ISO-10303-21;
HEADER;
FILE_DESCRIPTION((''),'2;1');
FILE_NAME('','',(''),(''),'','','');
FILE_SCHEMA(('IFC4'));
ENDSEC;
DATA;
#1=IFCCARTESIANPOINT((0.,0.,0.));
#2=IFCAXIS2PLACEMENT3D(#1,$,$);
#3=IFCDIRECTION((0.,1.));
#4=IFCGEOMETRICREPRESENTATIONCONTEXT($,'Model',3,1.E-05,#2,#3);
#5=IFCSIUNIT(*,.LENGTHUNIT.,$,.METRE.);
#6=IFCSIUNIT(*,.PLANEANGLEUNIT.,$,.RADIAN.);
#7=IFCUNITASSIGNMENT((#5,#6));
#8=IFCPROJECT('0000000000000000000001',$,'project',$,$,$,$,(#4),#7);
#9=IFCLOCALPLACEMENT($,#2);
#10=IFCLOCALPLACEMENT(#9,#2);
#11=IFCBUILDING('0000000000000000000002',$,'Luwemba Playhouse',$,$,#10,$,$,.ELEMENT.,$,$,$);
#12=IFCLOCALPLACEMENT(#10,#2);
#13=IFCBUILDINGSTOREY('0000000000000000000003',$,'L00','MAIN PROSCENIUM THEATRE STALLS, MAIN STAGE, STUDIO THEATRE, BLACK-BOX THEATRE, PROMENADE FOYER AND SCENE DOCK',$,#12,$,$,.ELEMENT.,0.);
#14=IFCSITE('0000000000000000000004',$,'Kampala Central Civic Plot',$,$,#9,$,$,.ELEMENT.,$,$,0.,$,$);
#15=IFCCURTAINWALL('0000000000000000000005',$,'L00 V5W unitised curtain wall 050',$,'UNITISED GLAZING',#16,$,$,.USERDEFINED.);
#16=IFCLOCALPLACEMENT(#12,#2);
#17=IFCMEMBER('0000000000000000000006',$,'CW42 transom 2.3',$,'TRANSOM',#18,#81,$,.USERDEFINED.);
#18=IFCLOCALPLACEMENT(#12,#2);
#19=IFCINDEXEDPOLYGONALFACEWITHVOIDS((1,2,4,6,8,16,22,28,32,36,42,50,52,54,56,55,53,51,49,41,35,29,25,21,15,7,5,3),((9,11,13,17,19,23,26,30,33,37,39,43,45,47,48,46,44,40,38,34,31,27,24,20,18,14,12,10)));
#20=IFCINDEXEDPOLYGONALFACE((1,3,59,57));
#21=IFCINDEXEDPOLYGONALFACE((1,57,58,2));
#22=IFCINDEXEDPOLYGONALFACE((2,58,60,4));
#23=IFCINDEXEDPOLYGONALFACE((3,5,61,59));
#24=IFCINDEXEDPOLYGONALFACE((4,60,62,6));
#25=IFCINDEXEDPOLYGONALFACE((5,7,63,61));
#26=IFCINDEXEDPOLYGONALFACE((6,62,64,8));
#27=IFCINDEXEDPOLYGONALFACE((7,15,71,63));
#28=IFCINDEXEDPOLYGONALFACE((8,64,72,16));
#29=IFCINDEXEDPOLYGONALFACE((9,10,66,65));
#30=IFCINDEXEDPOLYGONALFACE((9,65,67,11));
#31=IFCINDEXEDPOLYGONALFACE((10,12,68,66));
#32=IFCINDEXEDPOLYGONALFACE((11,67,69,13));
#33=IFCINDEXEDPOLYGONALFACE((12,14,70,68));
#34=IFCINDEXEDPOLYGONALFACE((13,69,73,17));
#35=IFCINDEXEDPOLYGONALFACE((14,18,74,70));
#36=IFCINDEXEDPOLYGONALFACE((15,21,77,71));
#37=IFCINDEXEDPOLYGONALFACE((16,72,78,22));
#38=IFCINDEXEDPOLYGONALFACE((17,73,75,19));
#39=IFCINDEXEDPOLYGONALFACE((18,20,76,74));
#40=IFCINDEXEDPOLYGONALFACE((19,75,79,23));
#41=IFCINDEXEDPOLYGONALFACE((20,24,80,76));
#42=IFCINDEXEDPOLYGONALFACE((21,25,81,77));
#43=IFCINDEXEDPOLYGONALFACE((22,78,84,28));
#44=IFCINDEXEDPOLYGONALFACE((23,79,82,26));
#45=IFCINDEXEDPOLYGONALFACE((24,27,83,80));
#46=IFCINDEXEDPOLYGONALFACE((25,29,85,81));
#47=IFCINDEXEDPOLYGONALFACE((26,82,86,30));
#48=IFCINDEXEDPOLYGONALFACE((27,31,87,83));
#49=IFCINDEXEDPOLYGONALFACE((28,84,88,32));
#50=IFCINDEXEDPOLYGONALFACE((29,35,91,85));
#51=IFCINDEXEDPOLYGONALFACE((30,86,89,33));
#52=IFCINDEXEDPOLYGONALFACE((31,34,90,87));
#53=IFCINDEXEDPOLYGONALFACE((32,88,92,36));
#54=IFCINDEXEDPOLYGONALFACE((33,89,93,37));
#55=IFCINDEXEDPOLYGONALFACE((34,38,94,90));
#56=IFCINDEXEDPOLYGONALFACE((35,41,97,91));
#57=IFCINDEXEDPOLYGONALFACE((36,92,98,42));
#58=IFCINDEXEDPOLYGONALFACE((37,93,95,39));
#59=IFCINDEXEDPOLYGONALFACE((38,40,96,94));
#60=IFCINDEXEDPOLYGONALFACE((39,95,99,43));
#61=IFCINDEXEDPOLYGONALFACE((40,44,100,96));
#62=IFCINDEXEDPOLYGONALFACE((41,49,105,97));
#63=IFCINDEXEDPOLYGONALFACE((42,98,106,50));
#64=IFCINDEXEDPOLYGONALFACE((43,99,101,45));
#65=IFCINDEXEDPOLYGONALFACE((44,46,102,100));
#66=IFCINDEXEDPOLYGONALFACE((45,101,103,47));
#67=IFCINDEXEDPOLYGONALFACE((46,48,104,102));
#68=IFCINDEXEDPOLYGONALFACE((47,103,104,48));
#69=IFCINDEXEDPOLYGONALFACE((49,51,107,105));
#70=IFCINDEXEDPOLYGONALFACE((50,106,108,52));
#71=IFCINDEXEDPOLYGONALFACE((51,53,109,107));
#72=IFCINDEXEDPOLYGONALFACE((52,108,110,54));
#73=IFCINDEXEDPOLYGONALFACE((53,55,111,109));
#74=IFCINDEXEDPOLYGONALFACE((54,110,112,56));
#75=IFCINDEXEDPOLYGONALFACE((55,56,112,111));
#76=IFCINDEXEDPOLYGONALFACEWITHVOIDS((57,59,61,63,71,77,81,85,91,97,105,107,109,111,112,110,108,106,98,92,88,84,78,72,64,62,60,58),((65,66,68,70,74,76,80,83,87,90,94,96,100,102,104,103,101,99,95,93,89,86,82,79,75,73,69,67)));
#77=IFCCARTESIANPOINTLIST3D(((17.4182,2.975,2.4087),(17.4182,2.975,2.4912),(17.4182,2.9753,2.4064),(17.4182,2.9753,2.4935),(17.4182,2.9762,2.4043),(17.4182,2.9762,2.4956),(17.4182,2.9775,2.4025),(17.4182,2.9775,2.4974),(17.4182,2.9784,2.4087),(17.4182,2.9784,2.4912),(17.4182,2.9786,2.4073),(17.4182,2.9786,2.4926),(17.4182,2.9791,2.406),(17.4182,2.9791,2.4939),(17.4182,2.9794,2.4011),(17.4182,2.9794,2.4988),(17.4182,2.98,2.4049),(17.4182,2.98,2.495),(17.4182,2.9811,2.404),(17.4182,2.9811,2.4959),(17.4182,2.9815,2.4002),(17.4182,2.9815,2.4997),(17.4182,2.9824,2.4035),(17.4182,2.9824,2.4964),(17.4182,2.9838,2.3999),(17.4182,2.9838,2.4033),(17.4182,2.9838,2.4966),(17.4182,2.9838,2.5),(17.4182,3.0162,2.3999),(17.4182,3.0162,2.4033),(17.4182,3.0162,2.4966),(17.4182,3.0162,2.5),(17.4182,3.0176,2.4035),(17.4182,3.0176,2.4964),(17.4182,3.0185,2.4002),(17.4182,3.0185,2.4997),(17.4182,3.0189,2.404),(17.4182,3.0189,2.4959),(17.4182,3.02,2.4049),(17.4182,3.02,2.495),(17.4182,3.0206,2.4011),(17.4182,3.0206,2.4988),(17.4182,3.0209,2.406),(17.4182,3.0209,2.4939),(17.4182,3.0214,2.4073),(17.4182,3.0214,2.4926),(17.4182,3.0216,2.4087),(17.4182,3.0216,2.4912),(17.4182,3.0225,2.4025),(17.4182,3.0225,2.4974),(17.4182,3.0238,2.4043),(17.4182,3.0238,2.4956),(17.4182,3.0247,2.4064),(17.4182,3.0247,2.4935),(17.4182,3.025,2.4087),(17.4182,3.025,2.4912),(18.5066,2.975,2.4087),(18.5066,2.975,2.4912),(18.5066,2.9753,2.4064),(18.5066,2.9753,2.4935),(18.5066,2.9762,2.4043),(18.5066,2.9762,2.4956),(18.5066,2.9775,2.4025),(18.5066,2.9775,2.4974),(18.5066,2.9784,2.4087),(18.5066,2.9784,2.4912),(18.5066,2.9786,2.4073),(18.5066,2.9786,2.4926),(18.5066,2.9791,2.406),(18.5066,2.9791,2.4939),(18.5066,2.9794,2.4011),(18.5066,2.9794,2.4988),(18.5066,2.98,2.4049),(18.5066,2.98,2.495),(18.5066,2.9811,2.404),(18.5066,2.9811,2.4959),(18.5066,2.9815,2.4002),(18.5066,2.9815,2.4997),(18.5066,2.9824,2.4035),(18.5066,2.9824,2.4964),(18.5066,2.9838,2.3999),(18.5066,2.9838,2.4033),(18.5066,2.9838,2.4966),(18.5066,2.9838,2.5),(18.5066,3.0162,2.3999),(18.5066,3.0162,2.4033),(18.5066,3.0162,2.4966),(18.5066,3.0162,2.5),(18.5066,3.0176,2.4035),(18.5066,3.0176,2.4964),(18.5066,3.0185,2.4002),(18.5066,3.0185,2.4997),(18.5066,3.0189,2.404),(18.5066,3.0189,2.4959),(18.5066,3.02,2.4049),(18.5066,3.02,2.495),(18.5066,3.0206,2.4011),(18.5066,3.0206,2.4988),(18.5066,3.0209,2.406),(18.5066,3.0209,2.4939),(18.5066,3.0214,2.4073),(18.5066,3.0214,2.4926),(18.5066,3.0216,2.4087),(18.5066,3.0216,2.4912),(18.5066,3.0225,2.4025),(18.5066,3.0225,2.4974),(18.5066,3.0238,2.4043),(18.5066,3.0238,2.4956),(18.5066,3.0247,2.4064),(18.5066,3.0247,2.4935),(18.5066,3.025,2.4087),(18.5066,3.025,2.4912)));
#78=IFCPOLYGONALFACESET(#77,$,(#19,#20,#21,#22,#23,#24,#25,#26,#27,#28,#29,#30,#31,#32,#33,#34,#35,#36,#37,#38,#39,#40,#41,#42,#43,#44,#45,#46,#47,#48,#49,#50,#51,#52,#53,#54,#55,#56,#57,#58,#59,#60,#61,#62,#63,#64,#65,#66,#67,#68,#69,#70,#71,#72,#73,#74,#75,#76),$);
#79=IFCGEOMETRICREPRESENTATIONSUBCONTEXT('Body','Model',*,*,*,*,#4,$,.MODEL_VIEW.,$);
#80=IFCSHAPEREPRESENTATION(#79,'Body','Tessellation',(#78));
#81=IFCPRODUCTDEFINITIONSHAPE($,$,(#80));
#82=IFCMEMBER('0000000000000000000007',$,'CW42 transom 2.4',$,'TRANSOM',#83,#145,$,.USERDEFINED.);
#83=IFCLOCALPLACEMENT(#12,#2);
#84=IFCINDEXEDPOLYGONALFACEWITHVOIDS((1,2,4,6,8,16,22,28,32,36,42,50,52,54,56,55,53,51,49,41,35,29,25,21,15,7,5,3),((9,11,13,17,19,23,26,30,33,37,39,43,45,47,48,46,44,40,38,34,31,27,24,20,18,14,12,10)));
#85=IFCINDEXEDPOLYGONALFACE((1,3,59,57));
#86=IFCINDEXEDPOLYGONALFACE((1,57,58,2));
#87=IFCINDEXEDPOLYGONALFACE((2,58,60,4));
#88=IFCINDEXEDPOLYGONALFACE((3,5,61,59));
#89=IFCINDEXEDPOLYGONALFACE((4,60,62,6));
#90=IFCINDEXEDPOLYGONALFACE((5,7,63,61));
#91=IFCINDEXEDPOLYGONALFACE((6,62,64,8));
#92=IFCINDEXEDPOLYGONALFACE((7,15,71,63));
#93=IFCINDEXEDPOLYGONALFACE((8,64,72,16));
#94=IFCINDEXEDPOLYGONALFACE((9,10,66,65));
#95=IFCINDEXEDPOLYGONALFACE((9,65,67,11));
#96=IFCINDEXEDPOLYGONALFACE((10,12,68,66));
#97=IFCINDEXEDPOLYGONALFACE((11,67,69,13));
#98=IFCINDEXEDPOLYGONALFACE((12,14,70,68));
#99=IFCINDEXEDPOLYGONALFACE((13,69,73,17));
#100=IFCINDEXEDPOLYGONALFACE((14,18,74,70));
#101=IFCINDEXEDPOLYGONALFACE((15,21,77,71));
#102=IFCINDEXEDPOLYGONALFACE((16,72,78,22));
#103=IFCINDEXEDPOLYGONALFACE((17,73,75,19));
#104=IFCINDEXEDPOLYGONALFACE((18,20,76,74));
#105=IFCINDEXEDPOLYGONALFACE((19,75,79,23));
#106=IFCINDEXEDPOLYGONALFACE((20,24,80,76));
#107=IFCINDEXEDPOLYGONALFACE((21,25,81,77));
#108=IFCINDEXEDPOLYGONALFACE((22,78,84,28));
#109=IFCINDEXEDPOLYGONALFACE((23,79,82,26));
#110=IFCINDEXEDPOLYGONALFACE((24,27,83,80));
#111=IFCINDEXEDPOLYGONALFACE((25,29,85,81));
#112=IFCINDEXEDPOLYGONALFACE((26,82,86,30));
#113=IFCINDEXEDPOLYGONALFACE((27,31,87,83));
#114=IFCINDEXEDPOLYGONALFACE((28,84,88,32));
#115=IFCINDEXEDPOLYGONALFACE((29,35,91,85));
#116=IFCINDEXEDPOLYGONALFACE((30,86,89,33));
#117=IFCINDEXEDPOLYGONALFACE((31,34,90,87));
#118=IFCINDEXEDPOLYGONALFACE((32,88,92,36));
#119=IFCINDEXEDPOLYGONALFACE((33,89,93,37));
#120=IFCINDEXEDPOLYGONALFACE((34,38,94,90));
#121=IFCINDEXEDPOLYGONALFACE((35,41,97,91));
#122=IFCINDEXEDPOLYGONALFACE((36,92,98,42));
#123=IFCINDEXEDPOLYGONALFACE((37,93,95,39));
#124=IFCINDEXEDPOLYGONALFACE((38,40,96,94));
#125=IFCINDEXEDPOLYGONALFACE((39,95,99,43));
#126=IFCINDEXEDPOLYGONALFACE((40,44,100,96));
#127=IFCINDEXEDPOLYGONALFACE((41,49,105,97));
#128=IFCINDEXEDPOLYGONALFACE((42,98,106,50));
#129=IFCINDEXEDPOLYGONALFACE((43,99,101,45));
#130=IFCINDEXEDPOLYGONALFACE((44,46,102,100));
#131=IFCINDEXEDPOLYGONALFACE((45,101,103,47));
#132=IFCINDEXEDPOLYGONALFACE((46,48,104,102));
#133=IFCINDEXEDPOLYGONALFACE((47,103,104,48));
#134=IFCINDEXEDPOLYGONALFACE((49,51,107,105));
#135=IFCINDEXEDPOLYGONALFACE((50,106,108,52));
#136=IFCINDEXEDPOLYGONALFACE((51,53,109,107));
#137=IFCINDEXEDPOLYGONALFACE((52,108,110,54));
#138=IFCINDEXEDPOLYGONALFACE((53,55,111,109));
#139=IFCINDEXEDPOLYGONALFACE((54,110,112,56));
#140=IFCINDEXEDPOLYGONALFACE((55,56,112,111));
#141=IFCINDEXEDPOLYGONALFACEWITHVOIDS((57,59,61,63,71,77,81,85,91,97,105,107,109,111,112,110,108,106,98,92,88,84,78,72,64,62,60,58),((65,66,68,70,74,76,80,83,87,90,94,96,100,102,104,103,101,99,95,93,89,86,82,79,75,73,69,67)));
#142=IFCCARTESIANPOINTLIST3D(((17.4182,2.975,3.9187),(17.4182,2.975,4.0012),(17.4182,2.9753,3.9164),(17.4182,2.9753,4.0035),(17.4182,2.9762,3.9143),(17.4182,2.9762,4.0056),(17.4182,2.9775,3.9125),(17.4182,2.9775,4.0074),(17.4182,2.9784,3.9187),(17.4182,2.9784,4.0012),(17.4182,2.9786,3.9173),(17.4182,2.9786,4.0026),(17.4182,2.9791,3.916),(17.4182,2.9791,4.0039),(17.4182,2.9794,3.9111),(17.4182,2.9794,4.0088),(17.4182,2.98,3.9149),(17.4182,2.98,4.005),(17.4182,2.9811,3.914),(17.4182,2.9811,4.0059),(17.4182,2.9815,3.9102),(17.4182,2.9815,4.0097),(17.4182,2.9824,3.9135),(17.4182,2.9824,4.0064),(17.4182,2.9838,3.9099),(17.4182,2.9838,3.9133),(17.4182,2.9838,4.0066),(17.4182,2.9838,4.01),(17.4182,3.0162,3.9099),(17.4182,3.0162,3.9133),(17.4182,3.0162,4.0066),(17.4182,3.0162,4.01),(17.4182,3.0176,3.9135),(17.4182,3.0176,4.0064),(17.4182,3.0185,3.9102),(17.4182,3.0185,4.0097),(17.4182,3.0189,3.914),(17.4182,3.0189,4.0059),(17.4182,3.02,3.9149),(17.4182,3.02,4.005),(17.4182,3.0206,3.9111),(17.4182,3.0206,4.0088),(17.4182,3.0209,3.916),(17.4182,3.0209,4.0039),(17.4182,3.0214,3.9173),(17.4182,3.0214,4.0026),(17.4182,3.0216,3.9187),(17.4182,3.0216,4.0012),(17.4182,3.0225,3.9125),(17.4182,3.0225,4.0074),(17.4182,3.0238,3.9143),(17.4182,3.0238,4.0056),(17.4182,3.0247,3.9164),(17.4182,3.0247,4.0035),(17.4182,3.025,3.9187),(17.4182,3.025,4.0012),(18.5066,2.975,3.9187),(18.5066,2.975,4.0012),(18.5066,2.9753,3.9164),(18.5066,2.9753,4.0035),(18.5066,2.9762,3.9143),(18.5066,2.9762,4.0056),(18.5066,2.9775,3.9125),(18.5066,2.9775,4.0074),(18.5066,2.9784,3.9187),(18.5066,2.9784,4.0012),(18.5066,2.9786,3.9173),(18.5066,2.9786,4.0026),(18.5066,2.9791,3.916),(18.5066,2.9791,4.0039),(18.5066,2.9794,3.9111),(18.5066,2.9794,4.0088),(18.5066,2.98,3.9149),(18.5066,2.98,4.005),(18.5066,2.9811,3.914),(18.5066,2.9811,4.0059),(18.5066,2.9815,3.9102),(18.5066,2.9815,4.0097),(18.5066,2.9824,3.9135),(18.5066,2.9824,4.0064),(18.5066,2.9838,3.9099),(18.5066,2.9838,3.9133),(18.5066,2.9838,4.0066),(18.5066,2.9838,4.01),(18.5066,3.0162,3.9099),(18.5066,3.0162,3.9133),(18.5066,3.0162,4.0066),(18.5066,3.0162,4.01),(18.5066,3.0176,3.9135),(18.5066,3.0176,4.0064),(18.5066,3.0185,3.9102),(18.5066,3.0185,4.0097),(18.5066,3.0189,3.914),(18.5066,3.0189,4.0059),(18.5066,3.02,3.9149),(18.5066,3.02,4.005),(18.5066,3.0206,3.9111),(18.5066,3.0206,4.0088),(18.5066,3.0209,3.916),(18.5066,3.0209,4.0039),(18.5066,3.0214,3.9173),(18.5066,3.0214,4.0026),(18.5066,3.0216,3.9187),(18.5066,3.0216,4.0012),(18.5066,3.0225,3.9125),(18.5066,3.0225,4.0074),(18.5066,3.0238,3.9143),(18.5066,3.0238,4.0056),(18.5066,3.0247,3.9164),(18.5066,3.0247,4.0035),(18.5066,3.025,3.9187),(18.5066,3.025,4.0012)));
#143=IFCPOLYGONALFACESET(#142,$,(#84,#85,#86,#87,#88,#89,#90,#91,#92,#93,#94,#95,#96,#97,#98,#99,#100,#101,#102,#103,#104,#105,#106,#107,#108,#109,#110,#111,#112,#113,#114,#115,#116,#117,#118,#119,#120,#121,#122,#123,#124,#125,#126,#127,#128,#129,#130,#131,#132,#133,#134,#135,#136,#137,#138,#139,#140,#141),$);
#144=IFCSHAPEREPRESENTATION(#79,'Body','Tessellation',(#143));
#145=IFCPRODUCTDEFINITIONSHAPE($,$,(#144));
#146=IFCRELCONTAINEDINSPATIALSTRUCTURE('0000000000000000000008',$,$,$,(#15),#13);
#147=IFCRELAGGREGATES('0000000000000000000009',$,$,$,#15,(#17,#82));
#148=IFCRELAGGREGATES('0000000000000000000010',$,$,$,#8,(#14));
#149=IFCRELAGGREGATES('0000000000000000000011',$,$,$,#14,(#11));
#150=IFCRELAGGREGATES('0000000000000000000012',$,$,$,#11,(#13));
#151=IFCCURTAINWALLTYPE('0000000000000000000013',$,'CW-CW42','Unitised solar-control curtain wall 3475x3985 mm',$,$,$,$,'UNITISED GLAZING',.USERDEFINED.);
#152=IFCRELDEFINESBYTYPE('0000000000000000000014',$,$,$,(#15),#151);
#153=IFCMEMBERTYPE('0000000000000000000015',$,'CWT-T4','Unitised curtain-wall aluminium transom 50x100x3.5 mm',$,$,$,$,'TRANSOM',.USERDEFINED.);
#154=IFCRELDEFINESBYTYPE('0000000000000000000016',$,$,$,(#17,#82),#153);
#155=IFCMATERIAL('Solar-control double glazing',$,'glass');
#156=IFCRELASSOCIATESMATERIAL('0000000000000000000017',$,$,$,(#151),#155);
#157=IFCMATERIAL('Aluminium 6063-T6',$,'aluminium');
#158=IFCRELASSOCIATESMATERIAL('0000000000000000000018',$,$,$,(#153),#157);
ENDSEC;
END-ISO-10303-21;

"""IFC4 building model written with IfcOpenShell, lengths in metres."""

from ifc_helpers import new_model, si_unit, direction, frame, origin, origin_2d, place, context, subcontext, project, spatial, hollow_rectangle, extrude, material, material_profile, profile_set, type_object, element, aggregate, save


model = new_model("IFC4")

# Units and contexts
model_context = context("Model", 3, precision=1e-05, world=origin(), true_north=direction((0.0, 1.0)))
body_context = subcontext(model_context, "Body", "Model", "MODEL_VIEW")
ifc_project = project(units=[si_unit("LENGTHUNIT", "METRE"), si_unit("PLANEANGLEUNIT", "RADIAN")], contexts=[model_context])

# Site, building, storey
site_placement = place(None, origin())
site = spatial("IfcSite", under=ifc_project, at=site_placement, Name="Kampala Central Civic Plot", CompositionType="ELEMENT", RefElevation=0.0)
building_placement = place(site_placement, origin())
building = spatial("IfcBuilding", under=site, at=building_placement, Name="Luwemba Playhouse", CompositionType="ELEMENT")
storey_placement = place(building_placement, origin())
storey = spatial("IfcBuildingStorey", under=building, at=storey_placement, Name="L00", Description="MAIN PROSCENIUM THEATRE STALLS, MAIN STAGE, STUDIO THEATRE, BLACK-BOX THEATRE, PROMENADE FOYER AND SCENE DOCK", CompositionType="ELEMENT", Elevation=0.0)

# Shared definitions
ifc_material_1 = material(Name="Solar-control double glazing", Category="glass")
ifc_material_2 = material(Name="Aluminium 6063-T6", Category="aluminium")

# Curtain wall
curtain_wall_type_1 = type_object("IfcCurtainWallType", Name="CW-CW42", Description="Unitised solar-control curtain wall 3475x3985 mm", ElementType="UNITISED GLAZING", PredefinedType="USERDEFINED", material=ifc_material_1)
curtain_wall_1_placement = place(storey_placement, origin())
curtain_wall_1 = element("IfcCurtainWall", 1, at=curtain_wall_1_placement, inside=storey, type_object=curtain_wall_type_1, Name="L00 V5W unitised curtain wall 050", ObjectType="UNITISED GLAZING", PredefinedType="USERDEFINED")

# Members
ifc_material_profile_1 = material_profile(ifc_material_2, hollow_rectangle(XDim=0.05, YDim=0.1001, WallThickness=0.0034, InnerFilletRadius=0.0054, OuterFilletRadius=0.0088, at=origin_2d()))
ifc_profile_set_1 = profile_set([ifc_material_profile_1], Name="Aluminium 6063-T6")
member_type_1 = type_object("IfcMemberType", Name="CWT-T4", Description="Unitised curtain-wall aluminium transom 50x100x3.5 mm", ElementType="TRANSOM", PredefinedType="USERDEFINED", material=ifc_profile_set_1)
member_1_placement = place(storey_placement, frame((18.5066, 3.0, 2.45), z_axis=(-1.0, 0.0, 0.0), x_axis=(0.0, -1.0, 0.0)))
member_1 = element("IfcMember", 2, at=member_1_placement, type_object=member_type_1, Name="CW42 transom 2.3", ObjectType="TRANSOM", PredefinedType="USERDEFINED", context=body_context, shape_type="SweptSolid", body=[
    extrude(hollow_rectangle(XDim=0.05, YDim=0.1001, WallThickness=0.0034, InnerFilletRadius=0.0054, OuterFilletRadius=0.0088, at=origin_2d()), origin(), (0.0, 0.0, 1.0), 1.0884),
])
member_2_placement = place(storey_placement, frame((18.5066, 3.0, 3.96), z_axis=(-1.0, 0.0, 0.0), x_axis=(0.0, -1.0, 0.0)))
member_2 = element("IfcMember", 3, at=member_2_placement, type_object=member_type_1, Name="CW42 transom 2.4", ObjectType="TRANSOM", PredefinedType="USERDEFINED", context=body_context, shape_type="SweptSolid", body=[
    extrude(hollow_rectangle(XDim=0.05, YDim=0.1001, WallThickness=0.0034, InnerFilletRadius=0.0054, OuterFilletRadius=0.0088, at=origin_2d()), origin(), (0.0, 0.0, 1.0), 1.0884),
])

aggregate(curtain_wall_1, [member_1, member_2])

save(model, "model.ifc")
